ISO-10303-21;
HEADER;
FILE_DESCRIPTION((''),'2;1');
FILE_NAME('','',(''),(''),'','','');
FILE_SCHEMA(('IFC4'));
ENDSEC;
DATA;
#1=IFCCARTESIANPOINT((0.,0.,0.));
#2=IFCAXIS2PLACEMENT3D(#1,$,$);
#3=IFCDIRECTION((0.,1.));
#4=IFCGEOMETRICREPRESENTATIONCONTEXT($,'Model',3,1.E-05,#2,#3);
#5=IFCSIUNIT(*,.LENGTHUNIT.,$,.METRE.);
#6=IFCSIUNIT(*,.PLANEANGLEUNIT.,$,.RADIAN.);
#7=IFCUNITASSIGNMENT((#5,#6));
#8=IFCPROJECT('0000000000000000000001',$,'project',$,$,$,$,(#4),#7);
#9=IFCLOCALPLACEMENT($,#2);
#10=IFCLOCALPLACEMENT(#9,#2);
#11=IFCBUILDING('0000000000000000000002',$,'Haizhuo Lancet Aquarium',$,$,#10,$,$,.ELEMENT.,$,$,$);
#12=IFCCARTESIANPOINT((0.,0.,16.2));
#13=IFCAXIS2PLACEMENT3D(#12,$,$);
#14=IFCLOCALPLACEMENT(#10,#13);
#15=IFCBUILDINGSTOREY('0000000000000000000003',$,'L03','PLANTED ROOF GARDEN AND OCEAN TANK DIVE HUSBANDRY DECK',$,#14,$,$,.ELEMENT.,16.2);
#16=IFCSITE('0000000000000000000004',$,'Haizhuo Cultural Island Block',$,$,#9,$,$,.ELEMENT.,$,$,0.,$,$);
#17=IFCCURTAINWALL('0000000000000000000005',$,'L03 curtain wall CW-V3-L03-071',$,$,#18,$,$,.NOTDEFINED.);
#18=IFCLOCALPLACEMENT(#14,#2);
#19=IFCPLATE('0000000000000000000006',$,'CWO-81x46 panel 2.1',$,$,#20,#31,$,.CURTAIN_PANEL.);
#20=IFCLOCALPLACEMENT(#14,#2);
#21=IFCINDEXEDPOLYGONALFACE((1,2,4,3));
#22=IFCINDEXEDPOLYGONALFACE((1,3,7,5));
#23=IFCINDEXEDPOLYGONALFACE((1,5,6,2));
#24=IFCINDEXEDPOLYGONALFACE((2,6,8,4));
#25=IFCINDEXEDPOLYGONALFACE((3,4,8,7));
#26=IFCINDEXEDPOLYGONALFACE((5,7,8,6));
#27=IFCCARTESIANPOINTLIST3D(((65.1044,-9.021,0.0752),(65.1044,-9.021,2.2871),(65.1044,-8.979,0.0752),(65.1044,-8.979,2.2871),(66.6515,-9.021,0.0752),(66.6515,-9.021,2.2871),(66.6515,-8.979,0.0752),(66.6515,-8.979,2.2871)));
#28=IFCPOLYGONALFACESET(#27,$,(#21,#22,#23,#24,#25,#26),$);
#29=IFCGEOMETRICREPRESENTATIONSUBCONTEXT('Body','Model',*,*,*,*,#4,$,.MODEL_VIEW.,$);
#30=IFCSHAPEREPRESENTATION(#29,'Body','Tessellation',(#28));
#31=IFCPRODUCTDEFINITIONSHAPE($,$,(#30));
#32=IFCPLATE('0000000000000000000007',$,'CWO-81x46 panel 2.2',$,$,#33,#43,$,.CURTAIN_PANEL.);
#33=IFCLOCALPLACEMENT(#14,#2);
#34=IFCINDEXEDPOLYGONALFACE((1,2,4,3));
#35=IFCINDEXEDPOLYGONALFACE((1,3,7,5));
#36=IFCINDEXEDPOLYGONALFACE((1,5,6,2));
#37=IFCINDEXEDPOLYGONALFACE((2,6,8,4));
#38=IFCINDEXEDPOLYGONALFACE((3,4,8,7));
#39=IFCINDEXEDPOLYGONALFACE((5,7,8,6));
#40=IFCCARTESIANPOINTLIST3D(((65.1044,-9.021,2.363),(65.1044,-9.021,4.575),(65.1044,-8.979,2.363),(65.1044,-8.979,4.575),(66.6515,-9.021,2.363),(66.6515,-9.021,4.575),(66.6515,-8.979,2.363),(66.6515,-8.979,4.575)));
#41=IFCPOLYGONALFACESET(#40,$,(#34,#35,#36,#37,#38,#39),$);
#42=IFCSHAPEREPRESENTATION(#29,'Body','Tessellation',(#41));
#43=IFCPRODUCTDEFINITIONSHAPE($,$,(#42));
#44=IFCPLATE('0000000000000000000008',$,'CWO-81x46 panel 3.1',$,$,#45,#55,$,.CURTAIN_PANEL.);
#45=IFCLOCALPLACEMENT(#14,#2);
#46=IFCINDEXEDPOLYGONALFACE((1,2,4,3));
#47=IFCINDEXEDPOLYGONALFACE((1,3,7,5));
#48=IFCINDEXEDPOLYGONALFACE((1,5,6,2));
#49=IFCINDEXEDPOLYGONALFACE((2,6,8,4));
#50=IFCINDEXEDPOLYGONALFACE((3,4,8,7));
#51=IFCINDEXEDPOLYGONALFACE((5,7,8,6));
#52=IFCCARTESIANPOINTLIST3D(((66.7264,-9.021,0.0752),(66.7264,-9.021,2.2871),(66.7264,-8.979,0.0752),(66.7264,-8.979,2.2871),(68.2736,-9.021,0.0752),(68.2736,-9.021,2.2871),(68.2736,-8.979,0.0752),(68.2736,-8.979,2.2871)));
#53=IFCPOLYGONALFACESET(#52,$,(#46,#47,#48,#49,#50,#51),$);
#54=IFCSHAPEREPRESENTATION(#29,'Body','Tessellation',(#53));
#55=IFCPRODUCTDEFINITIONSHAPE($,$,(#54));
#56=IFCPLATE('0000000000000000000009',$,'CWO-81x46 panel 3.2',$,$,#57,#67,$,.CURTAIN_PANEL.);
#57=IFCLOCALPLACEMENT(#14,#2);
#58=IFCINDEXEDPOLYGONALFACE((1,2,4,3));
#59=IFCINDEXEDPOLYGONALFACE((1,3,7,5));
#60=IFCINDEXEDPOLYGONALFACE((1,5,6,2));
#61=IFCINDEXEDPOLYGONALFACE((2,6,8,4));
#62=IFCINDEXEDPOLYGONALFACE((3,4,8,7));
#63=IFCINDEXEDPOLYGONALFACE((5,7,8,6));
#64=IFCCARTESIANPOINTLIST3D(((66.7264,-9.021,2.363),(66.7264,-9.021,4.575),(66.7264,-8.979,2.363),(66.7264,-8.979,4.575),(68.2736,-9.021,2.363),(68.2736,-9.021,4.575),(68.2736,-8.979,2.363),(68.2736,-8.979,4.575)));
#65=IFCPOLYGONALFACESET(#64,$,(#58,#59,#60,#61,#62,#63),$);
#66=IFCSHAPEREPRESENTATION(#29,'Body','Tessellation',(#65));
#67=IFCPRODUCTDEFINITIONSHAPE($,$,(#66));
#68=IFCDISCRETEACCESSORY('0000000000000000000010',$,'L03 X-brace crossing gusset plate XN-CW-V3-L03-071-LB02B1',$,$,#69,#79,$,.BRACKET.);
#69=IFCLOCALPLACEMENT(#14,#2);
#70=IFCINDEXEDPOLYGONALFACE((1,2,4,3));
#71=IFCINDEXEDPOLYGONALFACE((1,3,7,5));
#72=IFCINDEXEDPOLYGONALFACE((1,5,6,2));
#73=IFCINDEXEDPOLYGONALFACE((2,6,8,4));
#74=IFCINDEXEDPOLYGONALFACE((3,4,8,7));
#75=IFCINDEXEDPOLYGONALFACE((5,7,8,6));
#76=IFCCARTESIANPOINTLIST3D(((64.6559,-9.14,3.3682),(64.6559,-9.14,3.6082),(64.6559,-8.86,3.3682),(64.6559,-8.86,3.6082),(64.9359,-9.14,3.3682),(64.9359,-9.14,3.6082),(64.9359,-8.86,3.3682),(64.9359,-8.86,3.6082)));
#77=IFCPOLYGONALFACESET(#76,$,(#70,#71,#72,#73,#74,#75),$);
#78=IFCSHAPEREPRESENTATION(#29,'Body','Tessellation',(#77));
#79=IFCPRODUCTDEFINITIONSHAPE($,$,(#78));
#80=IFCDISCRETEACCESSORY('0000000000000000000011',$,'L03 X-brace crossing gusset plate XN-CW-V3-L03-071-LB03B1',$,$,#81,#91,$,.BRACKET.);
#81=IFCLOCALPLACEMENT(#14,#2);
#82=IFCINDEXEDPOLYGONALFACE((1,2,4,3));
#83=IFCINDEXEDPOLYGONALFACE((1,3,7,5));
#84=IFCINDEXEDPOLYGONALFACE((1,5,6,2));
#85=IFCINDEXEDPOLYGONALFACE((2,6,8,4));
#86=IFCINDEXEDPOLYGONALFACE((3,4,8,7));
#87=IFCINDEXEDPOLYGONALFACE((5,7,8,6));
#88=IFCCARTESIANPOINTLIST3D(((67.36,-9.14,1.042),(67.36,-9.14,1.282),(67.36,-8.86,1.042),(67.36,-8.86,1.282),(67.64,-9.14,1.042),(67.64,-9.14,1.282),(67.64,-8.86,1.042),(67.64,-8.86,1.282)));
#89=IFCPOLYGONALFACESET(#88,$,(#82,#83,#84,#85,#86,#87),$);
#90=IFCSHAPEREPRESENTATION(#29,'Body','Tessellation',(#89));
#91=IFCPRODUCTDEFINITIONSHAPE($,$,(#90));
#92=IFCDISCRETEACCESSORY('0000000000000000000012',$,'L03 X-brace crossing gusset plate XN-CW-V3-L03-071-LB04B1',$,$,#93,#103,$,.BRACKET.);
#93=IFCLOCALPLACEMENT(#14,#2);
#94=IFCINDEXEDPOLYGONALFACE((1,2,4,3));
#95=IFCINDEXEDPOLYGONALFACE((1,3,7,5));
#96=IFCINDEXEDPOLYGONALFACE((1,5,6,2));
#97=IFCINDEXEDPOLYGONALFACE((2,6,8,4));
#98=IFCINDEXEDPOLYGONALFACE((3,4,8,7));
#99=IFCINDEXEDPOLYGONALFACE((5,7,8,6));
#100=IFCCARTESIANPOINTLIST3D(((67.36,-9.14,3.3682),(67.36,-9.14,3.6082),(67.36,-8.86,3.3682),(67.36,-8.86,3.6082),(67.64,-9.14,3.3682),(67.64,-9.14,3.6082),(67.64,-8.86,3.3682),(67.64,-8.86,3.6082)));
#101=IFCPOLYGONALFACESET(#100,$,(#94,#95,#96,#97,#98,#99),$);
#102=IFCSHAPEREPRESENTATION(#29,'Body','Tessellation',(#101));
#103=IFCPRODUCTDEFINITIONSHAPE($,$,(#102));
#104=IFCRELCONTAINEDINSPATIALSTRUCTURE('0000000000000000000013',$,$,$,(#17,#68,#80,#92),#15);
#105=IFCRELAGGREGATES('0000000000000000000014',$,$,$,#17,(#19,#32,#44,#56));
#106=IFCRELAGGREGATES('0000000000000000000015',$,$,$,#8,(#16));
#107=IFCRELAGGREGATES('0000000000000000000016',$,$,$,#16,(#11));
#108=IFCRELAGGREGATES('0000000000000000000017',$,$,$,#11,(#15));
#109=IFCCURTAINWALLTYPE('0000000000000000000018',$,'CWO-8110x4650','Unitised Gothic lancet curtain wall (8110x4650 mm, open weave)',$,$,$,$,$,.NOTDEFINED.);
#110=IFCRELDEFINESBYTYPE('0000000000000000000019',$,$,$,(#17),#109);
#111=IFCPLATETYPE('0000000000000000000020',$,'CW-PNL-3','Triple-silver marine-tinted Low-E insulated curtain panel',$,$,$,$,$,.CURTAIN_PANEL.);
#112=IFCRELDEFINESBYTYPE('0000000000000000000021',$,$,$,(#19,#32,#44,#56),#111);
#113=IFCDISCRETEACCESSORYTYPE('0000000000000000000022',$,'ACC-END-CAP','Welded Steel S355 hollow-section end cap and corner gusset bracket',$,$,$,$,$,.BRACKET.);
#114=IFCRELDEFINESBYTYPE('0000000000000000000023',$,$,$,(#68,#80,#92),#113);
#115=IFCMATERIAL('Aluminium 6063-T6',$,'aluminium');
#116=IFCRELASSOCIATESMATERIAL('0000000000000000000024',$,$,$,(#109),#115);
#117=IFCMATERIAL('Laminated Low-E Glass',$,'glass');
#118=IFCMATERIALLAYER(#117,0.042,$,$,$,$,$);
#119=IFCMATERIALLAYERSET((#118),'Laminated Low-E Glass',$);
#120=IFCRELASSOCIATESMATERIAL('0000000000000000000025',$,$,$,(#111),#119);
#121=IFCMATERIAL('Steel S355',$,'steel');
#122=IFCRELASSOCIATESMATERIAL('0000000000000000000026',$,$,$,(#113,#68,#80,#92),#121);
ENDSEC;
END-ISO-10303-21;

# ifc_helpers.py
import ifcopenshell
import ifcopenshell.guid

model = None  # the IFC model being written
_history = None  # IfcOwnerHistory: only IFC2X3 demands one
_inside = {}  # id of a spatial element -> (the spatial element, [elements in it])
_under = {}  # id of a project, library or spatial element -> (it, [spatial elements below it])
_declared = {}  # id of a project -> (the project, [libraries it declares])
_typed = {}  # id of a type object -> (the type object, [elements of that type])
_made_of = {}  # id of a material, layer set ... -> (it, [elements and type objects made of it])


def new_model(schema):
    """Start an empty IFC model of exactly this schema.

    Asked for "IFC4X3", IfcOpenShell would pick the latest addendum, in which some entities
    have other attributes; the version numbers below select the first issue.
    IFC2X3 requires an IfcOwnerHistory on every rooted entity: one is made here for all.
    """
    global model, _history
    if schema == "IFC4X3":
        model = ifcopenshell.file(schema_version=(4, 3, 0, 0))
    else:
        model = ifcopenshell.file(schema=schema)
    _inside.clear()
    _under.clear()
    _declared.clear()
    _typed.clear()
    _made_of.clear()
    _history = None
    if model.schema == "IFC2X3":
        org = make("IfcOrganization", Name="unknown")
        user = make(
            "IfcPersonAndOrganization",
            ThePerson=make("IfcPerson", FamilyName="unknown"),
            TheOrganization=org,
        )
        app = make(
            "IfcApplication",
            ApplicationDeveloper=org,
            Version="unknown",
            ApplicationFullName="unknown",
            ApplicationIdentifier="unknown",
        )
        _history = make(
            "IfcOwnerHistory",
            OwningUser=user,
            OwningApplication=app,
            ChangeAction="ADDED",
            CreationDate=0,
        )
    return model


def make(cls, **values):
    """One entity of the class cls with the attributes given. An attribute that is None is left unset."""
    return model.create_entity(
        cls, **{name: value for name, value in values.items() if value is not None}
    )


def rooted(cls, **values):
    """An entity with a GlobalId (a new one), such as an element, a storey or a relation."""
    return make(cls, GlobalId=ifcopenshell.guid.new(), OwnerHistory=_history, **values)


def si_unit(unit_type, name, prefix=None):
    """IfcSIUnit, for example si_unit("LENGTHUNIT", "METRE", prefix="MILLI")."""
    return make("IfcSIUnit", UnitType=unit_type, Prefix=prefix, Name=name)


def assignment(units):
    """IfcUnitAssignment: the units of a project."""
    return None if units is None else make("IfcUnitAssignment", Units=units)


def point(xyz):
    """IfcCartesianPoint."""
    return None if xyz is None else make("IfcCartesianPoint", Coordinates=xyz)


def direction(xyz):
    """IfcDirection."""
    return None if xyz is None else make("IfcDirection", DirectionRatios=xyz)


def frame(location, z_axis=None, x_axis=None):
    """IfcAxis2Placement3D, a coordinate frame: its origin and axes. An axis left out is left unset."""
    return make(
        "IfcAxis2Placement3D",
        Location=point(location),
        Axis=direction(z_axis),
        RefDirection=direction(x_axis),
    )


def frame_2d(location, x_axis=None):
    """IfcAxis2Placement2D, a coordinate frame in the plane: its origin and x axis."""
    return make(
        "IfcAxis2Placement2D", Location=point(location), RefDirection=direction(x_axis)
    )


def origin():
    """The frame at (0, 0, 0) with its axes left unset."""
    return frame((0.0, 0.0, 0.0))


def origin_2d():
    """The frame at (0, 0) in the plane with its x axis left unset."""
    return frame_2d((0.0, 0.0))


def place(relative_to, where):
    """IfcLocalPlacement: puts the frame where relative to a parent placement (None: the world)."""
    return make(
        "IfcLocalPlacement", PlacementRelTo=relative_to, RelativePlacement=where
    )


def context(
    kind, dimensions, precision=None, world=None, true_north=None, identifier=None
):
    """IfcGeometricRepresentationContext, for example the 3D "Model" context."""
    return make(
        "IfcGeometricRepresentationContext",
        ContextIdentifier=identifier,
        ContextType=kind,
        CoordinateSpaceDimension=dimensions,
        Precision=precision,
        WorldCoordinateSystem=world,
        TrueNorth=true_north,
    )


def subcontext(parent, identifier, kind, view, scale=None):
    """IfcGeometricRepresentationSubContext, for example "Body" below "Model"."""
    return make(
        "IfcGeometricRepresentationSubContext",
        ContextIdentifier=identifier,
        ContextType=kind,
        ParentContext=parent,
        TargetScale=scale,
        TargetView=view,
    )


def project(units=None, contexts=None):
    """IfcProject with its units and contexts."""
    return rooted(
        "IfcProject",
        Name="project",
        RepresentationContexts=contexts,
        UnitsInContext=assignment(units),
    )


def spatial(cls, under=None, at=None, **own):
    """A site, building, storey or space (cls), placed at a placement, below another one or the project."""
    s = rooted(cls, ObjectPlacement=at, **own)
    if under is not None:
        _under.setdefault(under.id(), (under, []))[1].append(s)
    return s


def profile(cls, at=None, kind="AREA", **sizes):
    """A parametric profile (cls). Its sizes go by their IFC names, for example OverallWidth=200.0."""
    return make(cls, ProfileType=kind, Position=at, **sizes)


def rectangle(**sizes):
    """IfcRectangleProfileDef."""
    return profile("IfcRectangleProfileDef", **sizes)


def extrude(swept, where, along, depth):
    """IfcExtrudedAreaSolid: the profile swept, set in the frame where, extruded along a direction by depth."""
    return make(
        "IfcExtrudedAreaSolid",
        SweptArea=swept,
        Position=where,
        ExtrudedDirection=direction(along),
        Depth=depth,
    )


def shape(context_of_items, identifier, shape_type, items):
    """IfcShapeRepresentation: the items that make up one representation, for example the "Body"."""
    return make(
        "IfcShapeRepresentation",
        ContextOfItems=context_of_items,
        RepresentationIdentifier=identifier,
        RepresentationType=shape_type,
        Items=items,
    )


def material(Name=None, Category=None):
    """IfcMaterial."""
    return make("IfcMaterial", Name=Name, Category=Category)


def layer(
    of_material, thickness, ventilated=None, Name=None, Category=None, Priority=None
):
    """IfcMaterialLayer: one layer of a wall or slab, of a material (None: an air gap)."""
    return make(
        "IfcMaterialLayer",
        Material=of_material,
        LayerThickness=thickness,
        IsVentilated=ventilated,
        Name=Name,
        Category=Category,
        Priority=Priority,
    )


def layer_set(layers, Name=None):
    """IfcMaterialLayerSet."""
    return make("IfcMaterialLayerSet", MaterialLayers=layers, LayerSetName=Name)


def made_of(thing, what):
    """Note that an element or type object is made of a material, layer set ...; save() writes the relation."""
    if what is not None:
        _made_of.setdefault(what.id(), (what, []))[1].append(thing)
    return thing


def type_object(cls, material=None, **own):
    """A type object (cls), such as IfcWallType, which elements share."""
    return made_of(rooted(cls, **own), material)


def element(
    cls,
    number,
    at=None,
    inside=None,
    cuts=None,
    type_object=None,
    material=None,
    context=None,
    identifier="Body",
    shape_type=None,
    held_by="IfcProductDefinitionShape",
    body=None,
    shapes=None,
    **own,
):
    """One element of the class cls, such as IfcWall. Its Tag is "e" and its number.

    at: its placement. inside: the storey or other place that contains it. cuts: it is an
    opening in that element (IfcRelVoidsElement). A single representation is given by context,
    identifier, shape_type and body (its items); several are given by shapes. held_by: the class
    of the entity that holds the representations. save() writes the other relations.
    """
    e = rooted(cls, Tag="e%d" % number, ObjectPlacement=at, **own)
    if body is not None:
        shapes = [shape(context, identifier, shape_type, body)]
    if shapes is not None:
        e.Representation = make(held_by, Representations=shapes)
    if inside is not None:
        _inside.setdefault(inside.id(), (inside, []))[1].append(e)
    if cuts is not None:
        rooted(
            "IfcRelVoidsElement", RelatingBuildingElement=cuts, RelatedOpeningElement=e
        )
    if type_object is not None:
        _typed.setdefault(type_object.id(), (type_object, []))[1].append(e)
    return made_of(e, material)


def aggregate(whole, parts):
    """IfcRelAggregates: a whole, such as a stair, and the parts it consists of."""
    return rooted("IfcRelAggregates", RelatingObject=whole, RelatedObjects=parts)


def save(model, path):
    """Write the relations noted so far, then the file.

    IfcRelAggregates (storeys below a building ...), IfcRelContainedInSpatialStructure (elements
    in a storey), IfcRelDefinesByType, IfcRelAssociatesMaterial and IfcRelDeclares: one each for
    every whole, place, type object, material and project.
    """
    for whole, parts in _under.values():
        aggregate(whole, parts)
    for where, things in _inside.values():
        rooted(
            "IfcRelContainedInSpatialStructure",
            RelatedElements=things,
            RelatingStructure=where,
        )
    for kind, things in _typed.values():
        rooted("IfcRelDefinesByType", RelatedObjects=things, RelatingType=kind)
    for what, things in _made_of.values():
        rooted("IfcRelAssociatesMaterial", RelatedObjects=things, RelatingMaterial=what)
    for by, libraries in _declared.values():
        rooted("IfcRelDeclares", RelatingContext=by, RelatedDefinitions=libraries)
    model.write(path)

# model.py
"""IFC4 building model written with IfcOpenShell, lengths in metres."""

from ifc_helpers import new_model, si_unit, direction, frame, origin, origin_2d, place, context, subcontext, project, spatial, rectangle, extrude, material, layer, layer_set, type_object, element, aggregate, save


model = new_model("IFC4")

# Units and contexts
model_context = context("Model", 3, precision=1e-05, world=origin(), true_north=direction((0.0, 1.0)))
body_context = subcontext(model_context, "Body", "Model", "MODEL_VIEW")
ifc_project = project(units=[si_unit("LENGTHUNIT", "METRE"), si_unit("PLANEANGLEUNIT", "RADIAN")], contexts=[model_context])

# Site, building, storey
site_placement = place(None, origin())
site = spatial("IfcSite", under=ifc_project, at=site_placement, Name="Haizhuo Cultural Island Block", CompositionType="ELEMENT", RefElevation=0.0)
building_placement = place(site_placement, origin())
building = spatial("IfcBuilding", under=site, at=building_placement, Name="Haizhuo Lancet Aquarium", CompositionType="ELEMENT")
storey_placement = place(building_placement, frame((0.0, 0.0, 16.2)))
storey = spatial("IfcBuildingStorey", under=building, at=storey_placement, Name="L03", Description="PLANTED ROOF GARDEN AND OCEAN TANK DIVE HUSBANDRY DECK", CompositionType="ELEMENT", Elevation=16.2)

# Curtain wall
ifc_material_1 = material(Name="Aluminium 6063-T6", Category="aluminium")
curtain_wall_type = type_object("IfcCurtainWallType", Name="CWO-8110x4650", Description="Unitised Gothic lancet curtain wall (8110x4650 mm, open weave)", PredefinedType="NOTDEFINED", material=ifc_material_1)
curtain_wall_placement = place(storey_placement, origin())
curtain_wall = element("IfcCurtainWall", 1, at=curtain_wall_placement, inside=storey, type_object=curtain_wall_type, Name="L03 curtain wall CW-V3-L03-071", PredefinedType="NOTDEFINED")

# Shared definitions
ifc_material_2 = material(Name="Steel S355", Category="steel")

# Plates
ifc_material_3 = material(Name="Laminated Low-E Glass", Category="glass")
ifc_layer = layer(ifc_material_3, 0.042)
ifc_layer_set = layer_set([ifc_layer], Name="Laminated Low-E Glass")
plate_type = type_object("IfcPlateType", Name="CW-PNL-3", Description="Triple-silver marine-tinted Low-E insulated curtain panel", PredefinedType="CURTAIN_PANEL", material=ifc_layer_set)
plate_1_placement = place(storey_placement, frame((65.8779, -9.0, 0.0752), z_axis=(0.0, 0.0, 1.0), x_axis=(1.0, 0.0, 0.0)))
plate_1 = element("IfcPlate", 2, at=plate_1_placement, type_object=plate_type, Name="CWO-81x46 panel 2.1", PredefinedType="CURTAIN_PANEL", context=body_context, shape_type="SweptSolid", body=[
    extrude(rectangle(XDim=1.5471, YDim=0.042, at=origin_2d()), origin(), (0.0, 0.0, 1.0), 2.2119),
])
plate_2_placement = place(storey_placement, frame((65.8779, -9.0, 2.363), z_axis=(0.0, 0.0, 1.0), x_axis=(1.0, 0.0, 0.0)))
plate_2 = element("IfcPlate", 3, at=plate_2_placement, type_object=plate_type, Name="CWO-81x46 panel 2.2", PredefinedType="CURTAIN_PANEL", context=body_context, shape_type="SweptSolid", body=[
    extrude(rectangle(XDim=1.5471, YDim=0.042, at=origin_2d()), origin(), (0.0, 0.0, 1.0), 2.2119),
])
plate_3_placement = place(storey_placement, frame((67.5, -9.0, 0.0752), z_axis=(0.0, 0.0, 1.0), x_axis=(1.0, 0.0, 0.0)))
plate_3 = element("IfcPlate", 4, at=plate_3_placement, type_object=plate_type, Name="CWO-81x46 panel 3.1", PredefinedType="CURTAIN_PANEL", context=body_context, shape_type="SweptSolid", body=[
    extrude(rectangle(XDim=1.5471, YDim=0.042, at=origin_2d()), origin(), (0.0, 0.0, 1.0), 2.2119),
])
plate_4_placement = place(storey_placement, frame((67.5, -9.0, 2.363), z_axis=(0.0, 0.0, 1.0), x_axis=(1.0, 0.0, 0.0)))
plate_4 = element("IfcPlate", 5, at=plate_4_placement, type_object=plate_type, Name="CWO-81x46 panel 3.2", PredefinedType="CURTAIN_PANEL", context=body_context, shape_type="SweptSolid", body=[
    extrude(rectangle(XDim=1.5471, YDim=0.042, at=origin_2d()), origin(), (0.0, 0.0, 1.0), 2.2119),
])
aggregate(curtain_wall, [plate_1, plate_2, plate_3, plate_4])

# Discrete accessories
discrete_accessory_type = type_object("IfcDiscreteAccessoryType", Name="ACC-END-CAP", Description="Welded Steel S355 hollow-section end cap and corner gusset bracket", PredefinedType="BRACKET", material=ifc_material_2)
for number, where, z_axis, x_axis, name in (
    (6, (64.7959, -9.0, 3.3682), (0.0, 0.0, 1.0), (1.0, 0.0, 0.0), "L03 X-brace crossing gusset plate XN-CW-V3-L03-071-LB02B1"),
    (7, (67.5, -9.0, 1.042), (0.0, 0.0, 1.0), (1.0, 0.0, 0.0), "L03 X-brace crossing gusset plate XN-CW-V3-L03-071-LB03B1"),
    (8, (67.5, -9.0, 3.3682), (0.0, 0.0, 1.0), (1.0, 0.0, 0.0), "L03 X-brace crossing gusset plate XN-CW-V3-L03-071-LB04B1"),
):
    element("IfcDiscreteAccessory", number, at=place(storey_placement, frame(where, z_axis=z_axis, x_axis=x_axis)), inside=storey, type_object=discrete_accessory_type, material=ifc_material_2, Name=name, PredefinedType="BRACKET", context=body_context, shape_type="SweptSolid", body=[
        extrude(rectangle(XDim=0.28, YDim=0.28, at=origin_2d()), origin(), (0.0, 0.0, 1.0), 0.24),
    ])

save(model, "model.ifc")
